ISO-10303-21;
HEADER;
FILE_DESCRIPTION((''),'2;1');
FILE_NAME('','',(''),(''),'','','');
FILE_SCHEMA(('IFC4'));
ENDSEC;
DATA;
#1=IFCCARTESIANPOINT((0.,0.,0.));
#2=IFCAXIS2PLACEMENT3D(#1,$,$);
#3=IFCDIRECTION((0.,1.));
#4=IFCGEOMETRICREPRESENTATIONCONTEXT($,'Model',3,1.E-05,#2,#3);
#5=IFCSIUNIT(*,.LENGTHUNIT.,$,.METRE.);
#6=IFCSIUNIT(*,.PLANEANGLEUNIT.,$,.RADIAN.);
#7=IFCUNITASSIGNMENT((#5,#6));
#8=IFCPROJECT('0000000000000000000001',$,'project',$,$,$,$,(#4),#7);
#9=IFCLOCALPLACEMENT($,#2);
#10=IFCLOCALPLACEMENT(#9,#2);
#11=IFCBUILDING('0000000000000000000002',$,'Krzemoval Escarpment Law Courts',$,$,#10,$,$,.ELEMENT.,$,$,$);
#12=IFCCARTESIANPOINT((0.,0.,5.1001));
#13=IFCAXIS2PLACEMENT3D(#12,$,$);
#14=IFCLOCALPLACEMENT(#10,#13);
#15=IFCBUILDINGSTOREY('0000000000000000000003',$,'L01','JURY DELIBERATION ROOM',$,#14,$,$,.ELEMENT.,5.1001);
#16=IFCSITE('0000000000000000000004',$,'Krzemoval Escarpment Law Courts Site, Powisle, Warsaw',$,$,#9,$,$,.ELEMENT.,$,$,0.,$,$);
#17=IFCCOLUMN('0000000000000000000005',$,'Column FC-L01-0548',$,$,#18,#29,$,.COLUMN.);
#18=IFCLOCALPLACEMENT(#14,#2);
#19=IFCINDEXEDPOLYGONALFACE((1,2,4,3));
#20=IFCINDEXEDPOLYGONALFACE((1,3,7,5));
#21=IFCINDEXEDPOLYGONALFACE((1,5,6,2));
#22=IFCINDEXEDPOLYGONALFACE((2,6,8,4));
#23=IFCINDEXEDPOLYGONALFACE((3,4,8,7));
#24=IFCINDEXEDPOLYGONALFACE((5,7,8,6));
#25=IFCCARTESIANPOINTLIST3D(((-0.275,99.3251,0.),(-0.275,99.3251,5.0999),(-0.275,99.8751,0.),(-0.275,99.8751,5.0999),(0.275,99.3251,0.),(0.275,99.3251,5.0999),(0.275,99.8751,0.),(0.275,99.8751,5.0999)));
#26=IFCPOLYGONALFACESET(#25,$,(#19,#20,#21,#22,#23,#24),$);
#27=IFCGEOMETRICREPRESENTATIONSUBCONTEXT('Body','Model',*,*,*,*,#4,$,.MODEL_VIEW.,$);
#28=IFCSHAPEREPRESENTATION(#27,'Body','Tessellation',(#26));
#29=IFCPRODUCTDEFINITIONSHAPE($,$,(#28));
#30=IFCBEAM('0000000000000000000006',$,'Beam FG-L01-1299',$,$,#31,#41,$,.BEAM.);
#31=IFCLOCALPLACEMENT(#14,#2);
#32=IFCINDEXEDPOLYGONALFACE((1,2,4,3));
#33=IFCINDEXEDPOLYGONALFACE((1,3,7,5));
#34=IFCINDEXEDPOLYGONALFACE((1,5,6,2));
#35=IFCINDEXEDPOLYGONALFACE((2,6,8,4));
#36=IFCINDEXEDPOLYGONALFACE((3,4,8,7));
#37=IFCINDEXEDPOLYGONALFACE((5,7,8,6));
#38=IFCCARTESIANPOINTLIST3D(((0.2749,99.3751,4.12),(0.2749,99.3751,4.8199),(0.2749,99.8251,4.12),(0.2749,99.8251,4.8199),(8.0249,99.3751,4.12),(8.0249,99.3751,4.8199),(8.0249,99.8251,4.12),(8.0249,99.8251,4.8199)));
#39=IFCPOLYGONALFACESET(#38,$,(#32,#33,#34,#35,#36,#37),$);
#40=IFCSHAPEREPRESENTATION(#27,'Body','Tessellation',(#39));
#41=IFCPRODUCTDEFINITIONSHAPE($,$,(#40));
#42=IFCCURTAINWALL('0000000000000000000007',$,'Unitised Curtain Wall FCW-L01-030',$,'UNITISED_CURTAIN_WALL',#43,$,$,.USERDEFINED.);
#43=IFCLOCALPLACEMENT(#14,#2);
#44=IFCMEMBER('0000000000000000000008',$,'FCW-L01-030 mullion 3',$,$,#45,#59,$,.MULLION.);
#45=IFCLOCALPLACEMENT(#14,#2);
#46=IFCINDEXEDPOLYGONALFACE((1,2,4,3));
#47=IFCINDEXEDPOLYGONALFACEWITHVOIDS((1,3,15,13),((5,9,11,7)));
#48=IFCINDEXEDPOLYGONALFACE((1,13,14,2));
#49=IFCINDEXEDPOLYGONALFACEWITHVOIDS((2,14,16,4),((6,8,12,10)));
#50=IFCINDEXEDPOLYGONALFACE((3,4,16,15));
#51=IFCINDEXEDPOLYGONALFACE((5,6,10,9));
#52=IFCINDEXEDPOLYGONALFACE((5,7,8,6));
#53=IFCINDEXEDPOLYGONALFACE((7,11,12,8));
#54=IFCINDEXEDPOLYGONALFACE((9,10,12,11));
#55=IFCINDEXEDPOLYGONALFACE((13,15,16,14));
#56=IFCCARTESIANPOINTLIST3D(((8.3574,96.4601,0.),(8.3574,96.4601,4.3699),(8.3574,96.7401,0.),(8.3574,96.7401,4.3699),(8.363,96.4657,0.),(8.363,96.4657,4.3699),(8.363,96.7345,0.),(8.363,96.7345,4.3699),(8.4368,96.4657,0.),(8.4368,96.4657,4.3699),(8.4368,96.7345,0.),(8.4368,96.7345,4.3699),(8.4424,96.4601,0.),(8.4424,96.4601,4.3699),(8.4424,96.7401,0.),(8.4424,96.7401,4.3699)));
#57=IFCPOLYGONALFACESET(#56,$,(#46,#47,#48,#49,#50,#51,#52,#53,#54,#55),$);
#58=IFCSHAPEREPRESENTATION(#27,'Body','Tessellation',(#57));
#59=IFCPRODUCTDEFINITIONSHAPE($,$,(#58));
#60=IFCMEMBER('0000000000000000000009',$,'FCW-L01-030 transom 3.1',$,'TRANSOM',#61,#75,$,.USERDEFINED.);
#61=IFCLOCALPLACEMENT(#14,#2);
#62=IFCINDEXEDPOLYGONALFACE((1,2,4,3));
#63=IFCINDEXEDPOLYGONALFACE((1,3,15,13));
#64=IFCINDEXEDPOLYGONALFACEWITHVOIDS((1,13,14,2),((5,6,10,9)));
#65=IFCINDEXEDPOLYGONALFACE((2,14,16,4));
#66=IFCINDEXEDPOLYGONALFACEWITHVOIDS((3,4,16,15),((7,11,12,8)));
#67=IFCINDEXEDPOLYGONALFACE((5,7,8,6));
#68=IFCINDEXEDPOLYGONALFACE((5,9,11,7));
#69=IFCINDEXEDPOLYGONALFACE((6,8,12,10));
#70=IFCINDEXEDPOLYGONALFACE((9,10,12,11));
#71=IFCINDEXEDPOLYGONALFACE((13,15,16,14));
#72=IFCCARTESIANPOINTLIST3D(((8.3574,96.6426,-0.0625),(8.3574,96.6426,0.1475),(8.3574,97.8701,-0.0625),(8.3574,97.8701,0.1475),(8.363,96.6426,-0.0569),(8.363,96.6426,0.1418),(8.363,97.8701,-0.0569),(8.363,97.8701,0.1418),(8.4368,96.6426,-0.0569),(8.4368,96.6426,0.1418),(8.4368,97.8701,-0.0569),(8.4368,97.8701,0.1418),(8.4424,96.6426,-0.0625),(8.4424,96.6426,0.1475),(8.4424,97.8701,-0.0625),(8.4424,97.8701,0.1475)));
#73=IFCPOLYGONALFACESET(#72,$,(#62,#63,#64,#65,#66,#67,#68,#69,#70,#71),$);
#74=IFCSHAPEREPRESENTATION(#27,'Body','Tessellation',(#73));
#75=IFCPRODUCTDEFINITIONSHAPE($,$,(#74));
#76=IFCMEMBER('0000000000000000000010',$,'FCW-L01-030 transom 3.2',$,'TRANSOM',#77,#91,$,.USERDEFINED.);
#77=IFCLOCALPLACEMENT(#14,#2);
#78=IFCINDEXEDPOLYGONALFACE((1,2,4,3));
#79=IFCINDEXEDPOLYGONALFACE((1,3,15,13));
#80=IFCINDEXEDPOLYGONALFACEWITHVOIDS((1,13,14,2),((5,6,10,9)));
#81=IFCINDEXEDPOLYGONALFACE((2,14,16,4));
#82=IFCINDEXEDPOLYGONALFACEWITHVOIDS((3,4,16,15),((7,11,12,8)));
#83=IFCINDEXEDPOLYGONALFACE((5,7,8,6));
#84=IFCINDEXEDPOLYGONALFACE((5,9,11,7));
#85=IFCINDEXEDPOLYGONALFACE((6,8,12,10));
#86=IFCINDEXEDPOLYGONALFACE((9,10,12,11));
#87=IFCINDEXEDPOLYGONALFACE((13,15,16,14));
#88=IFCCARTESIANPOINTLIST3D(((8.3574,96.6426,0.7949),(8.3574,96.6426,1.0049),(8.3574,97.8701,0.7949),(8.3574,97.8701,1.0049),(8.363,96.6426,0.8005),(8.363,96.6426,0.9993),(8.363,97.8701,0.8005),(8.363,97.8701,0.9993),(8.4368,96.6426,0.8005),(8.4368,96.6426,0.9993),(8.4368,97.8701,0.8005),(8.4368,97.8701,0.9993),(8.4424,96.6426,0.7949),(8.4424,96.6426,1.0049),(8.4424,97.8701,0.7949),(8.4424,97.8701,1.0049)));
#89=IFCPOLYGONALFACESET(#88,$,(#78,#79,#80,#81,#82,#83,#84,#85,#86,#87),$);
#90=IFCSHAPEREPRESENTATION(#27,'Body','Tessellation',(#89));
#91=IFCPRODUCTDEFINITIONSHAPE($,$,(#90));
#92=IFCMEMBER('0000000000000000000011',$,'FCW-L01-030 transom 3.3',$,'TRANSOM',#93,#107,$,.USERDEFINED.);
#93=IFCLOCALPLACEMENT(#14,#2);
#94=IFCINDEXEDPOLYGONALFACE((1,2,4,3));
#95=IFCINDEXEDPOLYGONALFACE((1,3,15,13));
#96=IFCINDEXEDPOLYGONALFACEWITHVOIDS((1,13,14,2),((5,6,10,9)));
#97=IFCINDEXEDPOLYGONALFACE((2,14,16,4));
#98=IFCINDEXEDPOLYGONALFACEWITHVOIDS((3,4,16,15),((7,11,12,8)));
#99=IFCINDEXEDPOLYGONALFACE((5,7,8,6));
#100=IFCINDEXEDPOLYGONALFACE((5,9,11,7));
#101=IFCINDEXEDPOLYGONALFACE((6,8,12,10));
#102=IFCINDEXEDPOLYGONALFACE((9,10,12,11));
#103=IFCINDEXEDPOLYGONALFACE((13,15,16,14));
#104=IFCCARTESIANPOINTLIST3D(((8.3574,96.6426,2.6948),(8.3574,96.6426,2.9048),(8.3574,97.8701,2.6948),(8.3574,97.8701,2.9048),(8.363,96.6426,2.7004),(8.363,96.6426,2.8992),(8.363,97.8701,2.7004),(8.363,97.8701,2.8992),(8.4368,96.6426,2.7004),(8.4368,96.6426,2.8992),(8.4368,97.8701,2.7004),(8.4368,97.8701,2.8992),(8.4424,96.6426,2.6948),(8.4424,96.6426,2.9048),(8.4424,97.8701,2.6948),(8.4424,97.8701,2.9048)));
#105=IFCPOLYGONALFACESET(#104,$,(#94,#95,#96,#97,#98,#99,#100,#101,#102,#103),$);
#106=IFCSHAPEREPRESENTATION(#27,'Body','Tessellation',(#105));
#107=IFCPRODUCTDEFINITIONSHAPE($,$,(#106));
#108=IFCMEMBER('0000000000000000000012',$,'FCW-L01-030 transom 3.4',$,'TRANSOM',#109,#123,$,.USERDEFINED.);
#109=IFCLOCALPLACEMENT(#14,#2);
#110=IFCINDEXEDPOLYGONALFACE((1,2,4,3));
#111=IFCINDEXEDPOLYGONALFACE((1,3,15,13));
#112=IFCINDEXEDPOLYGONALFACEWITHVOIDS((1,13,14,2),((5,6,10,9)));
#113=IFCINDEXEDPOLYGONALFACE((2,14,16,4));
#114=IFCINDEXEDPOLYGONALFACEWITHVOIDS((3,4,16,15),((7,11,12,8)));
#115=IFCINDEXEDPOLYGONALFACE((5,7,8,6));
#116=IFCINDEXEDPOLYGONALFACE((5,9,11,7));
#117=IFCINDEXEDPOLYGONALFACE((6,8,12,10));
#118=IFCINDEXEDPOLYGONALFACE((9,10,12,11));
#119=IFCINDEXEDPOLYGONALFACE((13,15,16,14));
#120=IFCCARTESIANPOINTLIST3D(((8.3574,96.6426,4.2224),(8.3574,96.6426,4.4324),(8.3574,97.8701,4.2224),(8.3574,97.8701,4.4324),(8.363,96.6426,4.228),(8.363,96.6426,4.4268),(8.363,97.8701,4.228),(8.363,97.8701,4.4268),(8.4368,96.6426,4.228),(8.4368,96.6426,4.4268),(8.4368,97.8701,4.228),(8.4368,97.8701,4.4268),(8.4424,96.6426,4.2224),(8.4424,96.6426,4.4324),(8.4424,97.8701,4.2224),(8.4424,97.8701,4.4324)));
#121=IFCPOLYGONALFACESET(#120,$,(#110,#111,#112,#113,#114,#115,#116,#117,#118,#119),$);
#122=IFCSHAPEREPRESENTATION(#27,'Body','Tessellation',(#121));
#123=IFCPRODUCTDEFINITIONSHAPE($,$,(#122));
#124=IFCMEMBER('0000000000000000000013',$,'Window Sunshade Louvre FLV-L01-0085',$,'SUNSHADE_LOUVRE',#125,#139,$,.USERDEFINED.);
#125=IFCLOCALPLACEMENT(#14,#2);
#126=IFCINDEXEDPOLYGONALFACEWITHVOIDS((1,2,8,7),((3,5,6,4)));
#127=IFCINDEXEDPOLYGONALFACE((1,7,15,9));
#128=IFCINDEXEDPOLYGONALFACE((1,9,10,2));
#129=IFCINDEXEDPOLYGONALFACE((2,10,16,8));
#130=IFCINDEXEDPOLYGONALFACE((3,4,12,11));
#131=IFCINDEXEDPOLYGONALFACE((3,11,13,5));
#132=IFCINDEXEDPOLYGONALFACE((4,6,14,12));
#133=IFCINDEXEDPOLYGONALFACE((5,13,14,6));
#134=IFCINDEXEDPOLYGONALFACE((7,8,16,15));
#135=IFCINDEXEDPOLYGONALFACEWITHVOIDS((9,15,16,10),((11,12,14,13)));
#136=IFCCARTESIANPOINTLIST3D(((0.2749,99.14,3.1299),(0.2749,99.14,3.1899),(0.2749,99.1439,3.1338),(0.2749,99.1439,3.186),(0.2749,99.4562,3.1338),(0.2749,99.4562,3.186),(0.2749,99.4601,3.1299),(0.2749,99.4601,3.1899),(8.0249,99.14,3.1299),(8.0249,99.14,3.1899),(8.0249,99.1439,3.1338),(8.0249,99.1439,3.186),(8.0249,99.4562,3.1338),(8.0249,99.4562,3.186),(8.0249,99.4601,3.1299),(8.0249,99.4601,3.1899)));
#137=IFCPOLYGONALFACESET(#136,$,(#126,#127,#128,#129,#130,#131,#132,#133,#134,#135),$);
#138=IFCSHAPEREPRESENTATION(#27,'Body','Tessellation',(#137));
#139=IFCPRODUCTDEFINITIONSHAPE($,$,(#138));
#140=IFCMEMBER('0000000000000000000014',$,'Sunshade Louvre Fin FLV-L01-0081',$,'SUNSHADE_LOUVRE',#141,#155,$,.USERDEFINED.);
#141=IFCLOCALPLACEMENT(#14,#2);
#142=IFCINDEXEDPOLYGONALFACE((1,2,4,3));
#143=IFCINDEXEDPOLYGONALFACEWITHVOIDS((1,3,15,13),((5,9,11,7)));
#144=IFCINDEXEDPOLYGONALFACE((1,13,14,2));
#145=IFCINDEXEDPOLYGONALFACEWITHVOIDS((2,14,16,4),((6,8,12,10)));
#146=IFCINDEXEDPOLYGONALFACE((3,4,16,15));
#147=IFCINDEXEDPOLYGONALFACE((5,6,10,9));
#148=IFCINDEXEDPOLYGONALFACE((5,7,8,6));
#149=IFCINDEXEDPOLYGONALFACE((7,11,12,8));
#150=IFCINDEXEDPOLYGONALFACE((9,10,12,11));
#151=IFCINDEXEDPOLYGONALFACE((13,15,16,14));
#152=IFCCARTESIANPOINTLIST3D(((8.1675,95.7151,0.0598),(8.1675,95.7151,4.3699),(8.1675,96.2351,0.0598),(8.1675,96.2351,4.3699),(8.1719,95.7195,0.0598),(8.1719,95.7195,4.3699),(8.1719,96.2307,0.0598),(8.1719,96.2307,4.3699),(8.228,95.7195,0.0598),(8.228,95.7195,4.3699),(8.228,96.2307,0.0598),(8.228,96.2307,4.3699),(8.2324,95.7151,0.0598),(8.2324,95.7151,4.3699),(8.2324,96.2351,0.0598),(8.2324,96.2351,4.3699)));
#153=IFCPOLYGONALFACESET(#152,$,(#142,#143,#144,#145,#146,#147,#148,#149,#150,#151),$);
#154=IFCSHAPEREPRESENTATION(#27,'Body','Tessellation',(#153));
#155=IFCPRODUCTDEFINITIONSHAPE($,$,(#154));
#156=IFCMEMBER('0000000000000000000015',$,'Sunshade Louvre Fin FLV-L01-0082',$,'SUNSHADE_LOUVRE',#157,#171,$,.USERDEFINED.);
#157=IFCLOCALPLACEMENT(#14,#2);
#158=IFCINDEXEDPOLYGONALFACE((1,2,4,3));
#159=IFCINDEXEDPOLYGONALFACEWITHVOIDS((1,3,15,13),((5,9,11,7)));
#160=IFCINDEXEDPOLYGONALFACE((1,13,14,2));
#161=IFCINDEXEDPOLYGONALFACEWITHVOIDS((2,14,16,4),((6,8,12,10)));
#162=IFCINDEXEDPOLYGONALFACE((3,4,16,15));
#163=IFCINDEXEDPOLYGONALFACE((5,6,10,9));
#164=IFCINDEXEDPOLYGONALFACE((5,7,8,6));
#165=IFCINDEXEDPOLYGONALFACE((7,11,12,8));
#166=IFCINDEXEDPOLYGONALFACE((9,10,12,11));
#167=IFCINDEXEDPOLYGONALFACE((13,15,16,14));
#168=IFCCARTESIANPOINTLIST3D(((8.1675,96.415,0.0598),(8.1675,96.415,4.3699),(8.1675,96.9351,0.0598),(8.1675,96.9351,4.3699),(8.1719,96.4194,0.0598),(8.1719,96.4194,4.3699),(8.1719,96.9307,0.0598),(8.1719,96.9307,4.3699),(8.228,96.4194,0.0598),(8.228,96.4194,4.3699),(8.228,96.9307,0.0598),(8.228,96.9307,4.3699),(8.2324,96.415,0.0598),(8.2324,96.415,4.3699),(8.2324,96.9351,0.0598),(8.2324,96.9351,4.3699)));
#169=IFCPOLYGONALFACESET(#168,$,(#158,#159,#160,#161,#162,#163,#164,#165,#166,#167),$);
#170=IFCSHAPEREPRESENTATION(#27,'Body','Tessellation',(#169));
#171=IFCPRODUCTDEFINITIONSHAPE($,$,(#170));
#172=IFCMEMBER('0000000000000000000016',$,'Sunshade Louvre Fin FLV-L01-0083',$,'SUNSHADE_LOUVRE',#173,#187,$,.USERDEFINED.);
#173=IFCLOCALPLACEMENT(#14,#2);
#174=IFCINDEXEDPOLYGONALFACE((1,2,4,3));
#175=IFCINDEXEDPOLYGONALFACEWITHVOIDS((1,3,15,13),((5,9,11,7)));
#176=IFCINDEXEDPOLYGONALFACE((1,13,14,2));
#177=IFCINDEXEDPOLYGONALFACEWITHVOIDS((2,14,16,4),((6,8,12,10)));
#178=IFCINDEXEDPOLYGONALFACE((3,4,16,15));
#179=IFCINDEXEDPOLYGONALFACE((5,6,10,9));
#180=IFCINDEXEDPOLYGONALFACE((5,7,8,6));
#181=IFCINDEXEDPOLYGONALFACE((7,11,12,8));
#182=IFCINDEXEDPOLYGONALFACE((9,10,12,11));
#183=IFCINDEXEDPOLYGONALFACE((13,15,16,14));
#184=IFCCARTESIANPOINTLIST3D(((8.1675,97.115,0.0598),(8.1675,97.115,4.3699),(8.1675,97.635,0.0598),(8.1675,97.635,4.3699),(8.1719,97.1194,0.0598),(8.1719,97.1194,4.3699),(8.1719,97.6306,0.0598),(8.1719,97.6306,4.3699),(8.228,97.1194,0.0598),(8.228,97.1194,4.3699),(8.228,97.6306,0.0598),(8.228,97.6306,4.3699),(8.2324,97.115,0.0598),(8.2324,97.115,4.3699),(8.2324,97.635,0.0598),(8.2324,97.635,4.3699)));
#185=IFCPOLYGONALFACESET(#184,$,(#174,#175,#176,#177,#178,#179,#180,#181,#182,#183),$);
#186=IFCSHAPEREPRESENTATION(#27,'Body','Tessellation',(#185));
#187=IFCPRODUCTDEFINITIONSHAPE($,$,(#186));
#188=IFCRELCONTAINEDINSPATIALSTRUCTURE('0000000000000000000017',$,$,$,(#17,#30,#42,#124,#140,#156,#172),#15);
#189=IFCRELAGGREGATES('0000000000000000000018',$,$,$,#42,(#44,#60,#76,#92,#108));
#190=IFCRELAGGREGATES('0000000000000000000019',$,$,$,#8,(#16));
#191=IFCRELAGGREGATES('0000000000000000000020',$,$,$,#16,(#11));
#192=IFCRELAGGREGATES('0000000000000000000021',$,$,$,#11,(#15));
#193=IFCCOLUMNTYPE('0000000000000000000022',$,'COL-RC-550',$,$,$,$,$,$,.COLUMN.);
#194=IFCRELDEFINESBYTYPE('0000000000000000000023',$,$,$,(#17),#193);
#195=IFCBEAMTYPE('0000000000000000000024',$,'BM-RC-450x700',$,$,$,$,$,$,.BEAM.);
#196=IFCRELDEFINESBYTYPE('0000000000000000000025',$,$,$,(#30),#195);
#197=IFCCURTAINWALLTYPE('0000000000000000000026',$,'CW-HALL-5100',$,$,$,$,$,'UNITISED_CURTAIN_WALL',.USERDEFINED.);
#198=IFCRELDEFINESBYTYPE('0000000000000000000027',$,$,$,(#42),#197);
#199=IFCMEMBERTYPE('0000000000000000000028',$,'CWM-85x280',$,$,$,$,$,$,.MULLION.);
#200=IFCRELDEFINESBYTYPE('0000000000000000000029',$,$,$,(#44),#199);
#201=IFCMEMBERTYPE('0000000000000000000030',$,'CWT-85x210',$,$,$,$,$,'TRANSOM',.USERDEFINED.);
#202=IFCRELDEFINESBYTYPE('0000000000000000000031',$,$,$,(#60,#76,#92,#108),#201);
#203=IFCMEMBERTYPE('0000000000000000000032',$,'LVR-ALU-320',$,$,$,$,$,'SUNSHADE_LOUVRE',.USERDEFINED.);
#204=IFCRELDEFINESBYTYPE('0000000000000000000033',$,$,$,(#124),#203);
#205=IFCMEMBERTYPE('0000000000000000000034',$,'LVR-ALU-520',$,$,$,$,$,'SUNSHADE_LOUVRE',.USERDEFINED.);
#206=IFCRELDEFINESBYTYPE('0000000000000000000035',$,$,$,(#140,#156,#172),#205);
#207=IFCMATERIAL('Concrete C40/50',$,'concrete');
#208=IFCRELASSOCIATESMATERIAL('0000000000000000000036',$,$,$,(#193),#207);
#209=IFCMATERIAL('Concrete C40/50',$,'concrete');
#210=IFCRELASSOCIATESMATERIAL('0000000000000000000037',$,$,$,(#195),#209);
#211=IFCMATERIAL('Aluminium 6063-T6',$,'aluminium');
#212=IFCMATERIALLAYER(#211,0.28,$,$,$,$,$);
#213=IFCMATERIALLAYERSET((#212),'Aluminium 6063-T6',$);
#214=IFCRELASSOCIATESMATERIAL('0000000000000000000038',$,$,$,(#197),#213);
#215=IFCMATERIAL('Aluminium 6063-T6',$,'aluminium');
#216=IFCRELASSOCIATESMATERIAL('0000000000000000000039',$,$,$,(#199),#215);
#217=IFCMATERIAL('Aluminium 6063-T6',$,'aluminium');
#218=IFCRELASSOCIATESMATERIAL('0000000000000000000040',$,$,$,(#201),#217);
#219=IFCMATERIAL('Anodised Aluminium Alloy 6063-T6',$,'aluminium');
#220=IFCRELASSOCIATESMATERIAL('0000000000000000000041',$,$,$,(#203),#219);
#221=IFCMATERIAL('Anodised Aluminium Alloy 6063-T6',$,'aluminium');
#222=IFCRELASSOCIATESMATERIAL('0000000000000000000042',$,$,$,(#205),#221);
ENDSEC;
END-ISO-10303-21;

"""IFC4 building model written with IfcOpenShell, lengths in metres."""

from ifc_helpers import new_model, si_unit, direction, frame, origin, origin_2d, place, context, subcontext, project, spatial, rectangle, hollow_rectangle, extrude, material, layer, layer_set, material_profile, profile_set, type_object, element, aggregate, save


model = new_model("IFC4")

# Units and contexts
model_context = context("Model", 3, precision=1e-05, world=origin(), true_north=direction((0.0, 1.0)))
body_context = subcontext(model_context, "Body", "Model", "MODEL_VIEW")
ifc_project = project(units=[si_unit("LENGTHUNIT", "METRE"), si_unit("PLANEANGLEUNIT", "RADIAN")], contexts=[model_context])

# Site, building, storey
site_placement = place(None, origin())
site = spatial("IfcSite", under=ifc_project, at=site_placement, Name="Krzemoval Escarpment Law Courts Site, Powisle, Warsaw", CompositionType="ELEMENT", RefElevation=0.0)
building_placement = place(site_placement, origin())
building = spatial("IfcBuilding", under=site, at=building_placement, Name="Krzemoval Escarpment Law Courts", CompositionType="ELEMENT")
storey_placement = place(building_placement, frame((0.0, 0.0, 5.1001)))
storey = spatial("IfcBuildingStorey", under=building, at=storey_placement, Name="L01", Description="JURY DELIBERATION ROOM", CompositionType="ELEMENT", Elevation=5.1001)

# Column
ifc_material_1 = material(Name="Concrete C40/50", Category="concrete")
ifc_material_profile_1 = material_profile(ifc_material_1, rectangle(XDim=0.55, YDim=0.55, at=origin_2d()), Name="RC 550x550")
ifc_profile_set_1 = profile_set([ifc_material_profile_1], Name="Concrete C40/50")
column_type = type_object("IfcColumnType", Name="COL-RC-550", PredefinedType="COLUMN", material=ifc_profile_set_1)
column_placement = place(storey_placement, frame((0.0, 99.6001, 0.0), z_axis=(0.0, 0.0, 1.0), x_axis=(1.0, 0.0, 0.0)))
element("IfcColumn", 1, at=column_placement, inside=storey, type_object=column_type, Name="Column FC-L01-0548", PredefinedType="COLUMN", context=body_context, shape_type="SweptSolid", body=[
    extrude(rectangle(XDim=0.55, YDim=0.55, at=origin_2d()), origin(), (0.0, 0.0, 1.0), 5.0999),
])

# Beam
ifc_material_2 = material(Name="Concrete C40/50", Category="concrete")
ifc_material_profile_2 = material_profile(ifc_material_2, rectangle(XDim=0.45, YDim=0.7, at=origin_2d()), Name="RCB 450x700")
ifc_profile_set_2 = profile_set([ifc_material_profile_2], Name="Concrete C40/50")
beam_type = type_object("IfcBeamType", Name="BM-RC-450x700", PredefinedType="BEAM", material=ifc_profile_set_2)
beam_placement = place(storey_placement, frame((0.2749, 99.6001, 4.47), z_axis=(1.0, 0.0, 0.0), x_axis=(0.0, 1.0, 0.0)))
element("IfcBeam", 2, at=beam_placement, inside=storey, type_object=beam_type, Name="Beam FG-L01-1299", PredefinedType="BEAM", context=body_context, shape_type="SweptSolid", body=[
    extrude(rectangle(XDim=0.45, YDim=0.7, at=origin_2d()), origin(), (0.0, 0.0, 1.0), 7.75),
])

# Curtain wall, members
ifc_material_3 = material(Name="Aluminium 6063-T6", Category="aluminium")
ifc_layer_1 = layer(ifc_material_3, 0.28)
ifc_layer_set_1 = layer_set([ifc_layer_1], Name="Aluminium 6063-T6")
curtain_wall_type = type_object("IfcCurtainWallType", Name="CW-HALL-5100", ElementType="UNITISED_CURTAIN_WALL", PredefinedType="USERDEFINED", material=ifc_layer_set_1)
curtain_wall_placement = place(storey_placement, origin())
curtain_wall = element("IfcCurtainWall", 3, at=curtain_wall_placement, inside=storey, type_object=curtain_wall_type, Name="Unitised Curtain Wall FCW-L01-030", ObjectType="UNITISED_CURTAIN_WALL", PredefinedType="USERDEFINED")
ifc_material_4 = material(Name="Aluminium 6063-T6", Category="aluminium")
ifc_material_profile_3 = material_profile(ifc_material_4, hollow_rectangle(XDim=0.085, YDim=0.28, WallThickness=0.0056, at=origin_2d()), Name="ALU M85x280")
ifc_profile_set_3 = profile_set([ifc_material_profile_3], Name="Aluminium 6063-T6")
member_type_1 = type_object("IfcMemberType", Name="CWM-85x280", PredefinedType="MULLION", material=ifc_profile_set_3)
member_1_placement = place(storey_placement, frame((8.3999, 96.6001, 0.0), z_axis=(0.0, 0.0, 1.0), x_axis=(-1.0, 0.0, 0.0)))
member_1 = element("IfcMember", 4, at=member_1_placement, type_object=member_type_1, Name="FCW-L01-030 mullion 3", PredefinedType="MULLION", context=body_context, shape_type="SweptSolid", body=[
    extrude(hollow_rectangle(XDim=0.085, YDim=0.28, WallThickness=0.0056, at=origin_2d()), origin(), (0.0, 0.0, 1.0), 4.3699),
])
ifc_material_5 = material(Name="Aluminium 6063-T6", Category="aluminium")
ifc_material_profile_4 = material_profile(ifc_material_5, hollow_rectangle(XDim=0.085, YDim=0.21, WallThickness=0.0056, at=origin_2d()), Name="ALU T85x210")
ifc_profile_set_4 = profile_set([ifc_material_profile_4], Name="Aluminium 6063-T6")
member_type_2 = type_object("IfcMemberType", Name="CWT-85x210", ElementType="TRANSOM", PredefinedType="USERDEFINED", material=ifc_profile_set_4)
member_2_placement = place(storey_placement, frame((8.3999, 96.6426, 0.0425), z_axis=(0.0, 1.0, 0.0), x_axis=(-1.0, 0.0, 0.0)))
member_2 = element("IfcMember", 5, at=member_2_placement, type_object=member_type_2, Name="FCW-L01-030 transom 3.1", ObjectType="TRANSOM", PredefinedType="USERDEFINED", context=body_context, shape_type="SweptSolid", body=[
    extrude(hollow_rectangle(XDim=0.085, YDim=0.21, WallThickness=0.0056, at=origin_2d()), origin(), (0.0, 0.0, 1.0), 1.2275),
])
member_3_placement = place(storey_placement, frame((8.3999, 96.6426, 0.8999), z_axis=(0.0, 1.0, 0.0), x_axis=(-1.0, 0.0, 0.0)))
member_3 = element("IfcMember", 6, at=member_3_placement, type_object=member_type_2, Name="FCW-L01-030 transom 3.2", ObjectType="TRANSOM", PredefinedType="USERDEFINED", context=body_context, shape_type="SweptSolid", body=[
    extrude(hollow_rectangle(XDim=0.085, YDim=0.21, WallThickness=0.0056, at=origin_2d()), origin(), (0.0, 0.0, 1.0), 1.2275),
])
member_4_placement = place(storey_placement, frame((8.3999, 96.6426, 2.7998), z_axis=(0.0, 1.0, 0.0), x_axis=(-1.0, 0.0, 0.0)))
member_4 = element("IfcMember", 7, at=member_4_placement, type_object=member_type_2, Name="FCW-L01-030 transom 3.3", ObjectType="TRANSOM", PredefinedType="USERDEFINED", context=body_context, shape_type="SweptSolid", body=[
    extrude(hollow_rectangle(XDim=0.085, YDim=0.21, WallThickness=0.0056, at=origin_2d()), origin(), (0.0, 0.0, 1.0), 1.2275),
])
member_5_placement = place(storey_placement, frame((8.3999, 96.6426, 4.3274), z_axis=(0.0, 1.0, 0.0), x_axis=(-1.0, 0.0, 0.0)))
member_5 = element("IfcMember", 8, at=member_5_placement, type_object=member_type_2, Name="FCW-L01-030 transom 3.4", ObjectType="TRANSOM", PredefinedType="USERDEFINED", context=body_context, shape_type="SweptSolid", body=[
    extrude(hollow_rectangle(XDim=0.085, YDim=0.21, WallThickness=0.0056, at=origin_2d()), origin(), (0.0, 0.0, 1.0), 1.2275),
])

# Members
ifc_material_6 = material(Name="Anodised Aluminium Alloy 6063-T6", Category="aluminium")
ifc_material_profile_5 = material_profile(ifc_material_6, hollow_rectangle(XDim=0.0601, YDim=0.3201, WallThickness=0.0039, at=origin_2d()), Name="ALU LVR 60x320")
ifc_profile_set_5 = profile_set([ifc_material_profile_5], Name="Anodised Aluminium Alloy 6063-T6")
member_type_3 = type_object("IfcMemberType", Name="LVR-ALU-320", ElementType="SUNSHADE_LOUVRE", PredefinedType="USERDEFINED", material=ifc_profile_set_5)
member_6_placement = place(storey_placement, frame((8.0249, 99.3, 3.1599), z_axis=(-1.0, 0.0, 0.0), x_axis=(0.0, 0.0, 1.0)))
element("IfcMember", 9, at=member_6_placement, inside=storey, type_object=member_type_3, Name="Window Sunshade Louvre FLV-L01-0085", ObjectType="SUNSHADE_LOUVRE", PredefinedType="USERDEFINED", context=body_context, shape_type="SweptSolid", body=[
    extrude(hollow_rectangle(XDim=0.0601, YDim=0.3201, WallThickness=0.0039, at=origin_2d()), origin(), (0.0, 0.0, 1.0), 7.75),
])
ifc_material_7 = material(Name="Anodised Aluminium Alloy 6063-T6", Category="aluminium")
ifc_material_profile_6 = material_profile(ifc_material_7, hollow_rectangle(XDim=0.0649, YDim=0.52, WallThickness=0.0044, at=origin_2d()), Name="ALU LVR 65x520")
ifc_profile_set_6 = profile_set([ifc_material_profile_6], Name="Anodised Aluminium Alloy 6063-T6")
member_type_4 = type_object("IfcMemberType", Name="LVR-ALU-520", ElementType="SUNSHADE_LOUVRE", PredefinedType="USERDEFINED", material=ifc_profile_set_6)
for number, where, z_axis, x_axis, name in (
    (10, (8.2, 95.9751, 0.0598), (0.0, 0.0, 1.0), (1.0, 0.0, 0.0), "Sunshade Louvre Fin FLV-L01-0081"),
    (11, (8.2, 96.675, 0.0598), (0.0, 0.0, 1.0), (1.0, 0.0, 0.0), "Sunshade Louvre Fin FLV-L01-0082"),
    (12, (8.2, 97.375, 0.0598), (0.0, 0.0, 1.0), (1.0, 0.0, 0.0), "Sunshade Louvre Fin FLV-L01-0083"),
):
    element("IfcMember", number, at=place(storey_placement, frame(where, z_axis=z_axis, x_axis=x_axis)), inside=storey, type_object=member_type_4, Name=name, ObjectType="SUNSHADE_LOUVRE", PredefinedType="USERDEFINED", context=body_context, shape_type="SweptSolid", body=[
        extrude(hollow_rectangle(XDim=0.0649, YDim=0.52, WallThickness=0.0044, at=origin_2d()), origin(), (0.0, 0.0, 1.0), 4.3101),
    ])

aggregate(curtain_wall, [member_1, member_2, member_3, member_4, member_5])

save(model, "model.ifc")
